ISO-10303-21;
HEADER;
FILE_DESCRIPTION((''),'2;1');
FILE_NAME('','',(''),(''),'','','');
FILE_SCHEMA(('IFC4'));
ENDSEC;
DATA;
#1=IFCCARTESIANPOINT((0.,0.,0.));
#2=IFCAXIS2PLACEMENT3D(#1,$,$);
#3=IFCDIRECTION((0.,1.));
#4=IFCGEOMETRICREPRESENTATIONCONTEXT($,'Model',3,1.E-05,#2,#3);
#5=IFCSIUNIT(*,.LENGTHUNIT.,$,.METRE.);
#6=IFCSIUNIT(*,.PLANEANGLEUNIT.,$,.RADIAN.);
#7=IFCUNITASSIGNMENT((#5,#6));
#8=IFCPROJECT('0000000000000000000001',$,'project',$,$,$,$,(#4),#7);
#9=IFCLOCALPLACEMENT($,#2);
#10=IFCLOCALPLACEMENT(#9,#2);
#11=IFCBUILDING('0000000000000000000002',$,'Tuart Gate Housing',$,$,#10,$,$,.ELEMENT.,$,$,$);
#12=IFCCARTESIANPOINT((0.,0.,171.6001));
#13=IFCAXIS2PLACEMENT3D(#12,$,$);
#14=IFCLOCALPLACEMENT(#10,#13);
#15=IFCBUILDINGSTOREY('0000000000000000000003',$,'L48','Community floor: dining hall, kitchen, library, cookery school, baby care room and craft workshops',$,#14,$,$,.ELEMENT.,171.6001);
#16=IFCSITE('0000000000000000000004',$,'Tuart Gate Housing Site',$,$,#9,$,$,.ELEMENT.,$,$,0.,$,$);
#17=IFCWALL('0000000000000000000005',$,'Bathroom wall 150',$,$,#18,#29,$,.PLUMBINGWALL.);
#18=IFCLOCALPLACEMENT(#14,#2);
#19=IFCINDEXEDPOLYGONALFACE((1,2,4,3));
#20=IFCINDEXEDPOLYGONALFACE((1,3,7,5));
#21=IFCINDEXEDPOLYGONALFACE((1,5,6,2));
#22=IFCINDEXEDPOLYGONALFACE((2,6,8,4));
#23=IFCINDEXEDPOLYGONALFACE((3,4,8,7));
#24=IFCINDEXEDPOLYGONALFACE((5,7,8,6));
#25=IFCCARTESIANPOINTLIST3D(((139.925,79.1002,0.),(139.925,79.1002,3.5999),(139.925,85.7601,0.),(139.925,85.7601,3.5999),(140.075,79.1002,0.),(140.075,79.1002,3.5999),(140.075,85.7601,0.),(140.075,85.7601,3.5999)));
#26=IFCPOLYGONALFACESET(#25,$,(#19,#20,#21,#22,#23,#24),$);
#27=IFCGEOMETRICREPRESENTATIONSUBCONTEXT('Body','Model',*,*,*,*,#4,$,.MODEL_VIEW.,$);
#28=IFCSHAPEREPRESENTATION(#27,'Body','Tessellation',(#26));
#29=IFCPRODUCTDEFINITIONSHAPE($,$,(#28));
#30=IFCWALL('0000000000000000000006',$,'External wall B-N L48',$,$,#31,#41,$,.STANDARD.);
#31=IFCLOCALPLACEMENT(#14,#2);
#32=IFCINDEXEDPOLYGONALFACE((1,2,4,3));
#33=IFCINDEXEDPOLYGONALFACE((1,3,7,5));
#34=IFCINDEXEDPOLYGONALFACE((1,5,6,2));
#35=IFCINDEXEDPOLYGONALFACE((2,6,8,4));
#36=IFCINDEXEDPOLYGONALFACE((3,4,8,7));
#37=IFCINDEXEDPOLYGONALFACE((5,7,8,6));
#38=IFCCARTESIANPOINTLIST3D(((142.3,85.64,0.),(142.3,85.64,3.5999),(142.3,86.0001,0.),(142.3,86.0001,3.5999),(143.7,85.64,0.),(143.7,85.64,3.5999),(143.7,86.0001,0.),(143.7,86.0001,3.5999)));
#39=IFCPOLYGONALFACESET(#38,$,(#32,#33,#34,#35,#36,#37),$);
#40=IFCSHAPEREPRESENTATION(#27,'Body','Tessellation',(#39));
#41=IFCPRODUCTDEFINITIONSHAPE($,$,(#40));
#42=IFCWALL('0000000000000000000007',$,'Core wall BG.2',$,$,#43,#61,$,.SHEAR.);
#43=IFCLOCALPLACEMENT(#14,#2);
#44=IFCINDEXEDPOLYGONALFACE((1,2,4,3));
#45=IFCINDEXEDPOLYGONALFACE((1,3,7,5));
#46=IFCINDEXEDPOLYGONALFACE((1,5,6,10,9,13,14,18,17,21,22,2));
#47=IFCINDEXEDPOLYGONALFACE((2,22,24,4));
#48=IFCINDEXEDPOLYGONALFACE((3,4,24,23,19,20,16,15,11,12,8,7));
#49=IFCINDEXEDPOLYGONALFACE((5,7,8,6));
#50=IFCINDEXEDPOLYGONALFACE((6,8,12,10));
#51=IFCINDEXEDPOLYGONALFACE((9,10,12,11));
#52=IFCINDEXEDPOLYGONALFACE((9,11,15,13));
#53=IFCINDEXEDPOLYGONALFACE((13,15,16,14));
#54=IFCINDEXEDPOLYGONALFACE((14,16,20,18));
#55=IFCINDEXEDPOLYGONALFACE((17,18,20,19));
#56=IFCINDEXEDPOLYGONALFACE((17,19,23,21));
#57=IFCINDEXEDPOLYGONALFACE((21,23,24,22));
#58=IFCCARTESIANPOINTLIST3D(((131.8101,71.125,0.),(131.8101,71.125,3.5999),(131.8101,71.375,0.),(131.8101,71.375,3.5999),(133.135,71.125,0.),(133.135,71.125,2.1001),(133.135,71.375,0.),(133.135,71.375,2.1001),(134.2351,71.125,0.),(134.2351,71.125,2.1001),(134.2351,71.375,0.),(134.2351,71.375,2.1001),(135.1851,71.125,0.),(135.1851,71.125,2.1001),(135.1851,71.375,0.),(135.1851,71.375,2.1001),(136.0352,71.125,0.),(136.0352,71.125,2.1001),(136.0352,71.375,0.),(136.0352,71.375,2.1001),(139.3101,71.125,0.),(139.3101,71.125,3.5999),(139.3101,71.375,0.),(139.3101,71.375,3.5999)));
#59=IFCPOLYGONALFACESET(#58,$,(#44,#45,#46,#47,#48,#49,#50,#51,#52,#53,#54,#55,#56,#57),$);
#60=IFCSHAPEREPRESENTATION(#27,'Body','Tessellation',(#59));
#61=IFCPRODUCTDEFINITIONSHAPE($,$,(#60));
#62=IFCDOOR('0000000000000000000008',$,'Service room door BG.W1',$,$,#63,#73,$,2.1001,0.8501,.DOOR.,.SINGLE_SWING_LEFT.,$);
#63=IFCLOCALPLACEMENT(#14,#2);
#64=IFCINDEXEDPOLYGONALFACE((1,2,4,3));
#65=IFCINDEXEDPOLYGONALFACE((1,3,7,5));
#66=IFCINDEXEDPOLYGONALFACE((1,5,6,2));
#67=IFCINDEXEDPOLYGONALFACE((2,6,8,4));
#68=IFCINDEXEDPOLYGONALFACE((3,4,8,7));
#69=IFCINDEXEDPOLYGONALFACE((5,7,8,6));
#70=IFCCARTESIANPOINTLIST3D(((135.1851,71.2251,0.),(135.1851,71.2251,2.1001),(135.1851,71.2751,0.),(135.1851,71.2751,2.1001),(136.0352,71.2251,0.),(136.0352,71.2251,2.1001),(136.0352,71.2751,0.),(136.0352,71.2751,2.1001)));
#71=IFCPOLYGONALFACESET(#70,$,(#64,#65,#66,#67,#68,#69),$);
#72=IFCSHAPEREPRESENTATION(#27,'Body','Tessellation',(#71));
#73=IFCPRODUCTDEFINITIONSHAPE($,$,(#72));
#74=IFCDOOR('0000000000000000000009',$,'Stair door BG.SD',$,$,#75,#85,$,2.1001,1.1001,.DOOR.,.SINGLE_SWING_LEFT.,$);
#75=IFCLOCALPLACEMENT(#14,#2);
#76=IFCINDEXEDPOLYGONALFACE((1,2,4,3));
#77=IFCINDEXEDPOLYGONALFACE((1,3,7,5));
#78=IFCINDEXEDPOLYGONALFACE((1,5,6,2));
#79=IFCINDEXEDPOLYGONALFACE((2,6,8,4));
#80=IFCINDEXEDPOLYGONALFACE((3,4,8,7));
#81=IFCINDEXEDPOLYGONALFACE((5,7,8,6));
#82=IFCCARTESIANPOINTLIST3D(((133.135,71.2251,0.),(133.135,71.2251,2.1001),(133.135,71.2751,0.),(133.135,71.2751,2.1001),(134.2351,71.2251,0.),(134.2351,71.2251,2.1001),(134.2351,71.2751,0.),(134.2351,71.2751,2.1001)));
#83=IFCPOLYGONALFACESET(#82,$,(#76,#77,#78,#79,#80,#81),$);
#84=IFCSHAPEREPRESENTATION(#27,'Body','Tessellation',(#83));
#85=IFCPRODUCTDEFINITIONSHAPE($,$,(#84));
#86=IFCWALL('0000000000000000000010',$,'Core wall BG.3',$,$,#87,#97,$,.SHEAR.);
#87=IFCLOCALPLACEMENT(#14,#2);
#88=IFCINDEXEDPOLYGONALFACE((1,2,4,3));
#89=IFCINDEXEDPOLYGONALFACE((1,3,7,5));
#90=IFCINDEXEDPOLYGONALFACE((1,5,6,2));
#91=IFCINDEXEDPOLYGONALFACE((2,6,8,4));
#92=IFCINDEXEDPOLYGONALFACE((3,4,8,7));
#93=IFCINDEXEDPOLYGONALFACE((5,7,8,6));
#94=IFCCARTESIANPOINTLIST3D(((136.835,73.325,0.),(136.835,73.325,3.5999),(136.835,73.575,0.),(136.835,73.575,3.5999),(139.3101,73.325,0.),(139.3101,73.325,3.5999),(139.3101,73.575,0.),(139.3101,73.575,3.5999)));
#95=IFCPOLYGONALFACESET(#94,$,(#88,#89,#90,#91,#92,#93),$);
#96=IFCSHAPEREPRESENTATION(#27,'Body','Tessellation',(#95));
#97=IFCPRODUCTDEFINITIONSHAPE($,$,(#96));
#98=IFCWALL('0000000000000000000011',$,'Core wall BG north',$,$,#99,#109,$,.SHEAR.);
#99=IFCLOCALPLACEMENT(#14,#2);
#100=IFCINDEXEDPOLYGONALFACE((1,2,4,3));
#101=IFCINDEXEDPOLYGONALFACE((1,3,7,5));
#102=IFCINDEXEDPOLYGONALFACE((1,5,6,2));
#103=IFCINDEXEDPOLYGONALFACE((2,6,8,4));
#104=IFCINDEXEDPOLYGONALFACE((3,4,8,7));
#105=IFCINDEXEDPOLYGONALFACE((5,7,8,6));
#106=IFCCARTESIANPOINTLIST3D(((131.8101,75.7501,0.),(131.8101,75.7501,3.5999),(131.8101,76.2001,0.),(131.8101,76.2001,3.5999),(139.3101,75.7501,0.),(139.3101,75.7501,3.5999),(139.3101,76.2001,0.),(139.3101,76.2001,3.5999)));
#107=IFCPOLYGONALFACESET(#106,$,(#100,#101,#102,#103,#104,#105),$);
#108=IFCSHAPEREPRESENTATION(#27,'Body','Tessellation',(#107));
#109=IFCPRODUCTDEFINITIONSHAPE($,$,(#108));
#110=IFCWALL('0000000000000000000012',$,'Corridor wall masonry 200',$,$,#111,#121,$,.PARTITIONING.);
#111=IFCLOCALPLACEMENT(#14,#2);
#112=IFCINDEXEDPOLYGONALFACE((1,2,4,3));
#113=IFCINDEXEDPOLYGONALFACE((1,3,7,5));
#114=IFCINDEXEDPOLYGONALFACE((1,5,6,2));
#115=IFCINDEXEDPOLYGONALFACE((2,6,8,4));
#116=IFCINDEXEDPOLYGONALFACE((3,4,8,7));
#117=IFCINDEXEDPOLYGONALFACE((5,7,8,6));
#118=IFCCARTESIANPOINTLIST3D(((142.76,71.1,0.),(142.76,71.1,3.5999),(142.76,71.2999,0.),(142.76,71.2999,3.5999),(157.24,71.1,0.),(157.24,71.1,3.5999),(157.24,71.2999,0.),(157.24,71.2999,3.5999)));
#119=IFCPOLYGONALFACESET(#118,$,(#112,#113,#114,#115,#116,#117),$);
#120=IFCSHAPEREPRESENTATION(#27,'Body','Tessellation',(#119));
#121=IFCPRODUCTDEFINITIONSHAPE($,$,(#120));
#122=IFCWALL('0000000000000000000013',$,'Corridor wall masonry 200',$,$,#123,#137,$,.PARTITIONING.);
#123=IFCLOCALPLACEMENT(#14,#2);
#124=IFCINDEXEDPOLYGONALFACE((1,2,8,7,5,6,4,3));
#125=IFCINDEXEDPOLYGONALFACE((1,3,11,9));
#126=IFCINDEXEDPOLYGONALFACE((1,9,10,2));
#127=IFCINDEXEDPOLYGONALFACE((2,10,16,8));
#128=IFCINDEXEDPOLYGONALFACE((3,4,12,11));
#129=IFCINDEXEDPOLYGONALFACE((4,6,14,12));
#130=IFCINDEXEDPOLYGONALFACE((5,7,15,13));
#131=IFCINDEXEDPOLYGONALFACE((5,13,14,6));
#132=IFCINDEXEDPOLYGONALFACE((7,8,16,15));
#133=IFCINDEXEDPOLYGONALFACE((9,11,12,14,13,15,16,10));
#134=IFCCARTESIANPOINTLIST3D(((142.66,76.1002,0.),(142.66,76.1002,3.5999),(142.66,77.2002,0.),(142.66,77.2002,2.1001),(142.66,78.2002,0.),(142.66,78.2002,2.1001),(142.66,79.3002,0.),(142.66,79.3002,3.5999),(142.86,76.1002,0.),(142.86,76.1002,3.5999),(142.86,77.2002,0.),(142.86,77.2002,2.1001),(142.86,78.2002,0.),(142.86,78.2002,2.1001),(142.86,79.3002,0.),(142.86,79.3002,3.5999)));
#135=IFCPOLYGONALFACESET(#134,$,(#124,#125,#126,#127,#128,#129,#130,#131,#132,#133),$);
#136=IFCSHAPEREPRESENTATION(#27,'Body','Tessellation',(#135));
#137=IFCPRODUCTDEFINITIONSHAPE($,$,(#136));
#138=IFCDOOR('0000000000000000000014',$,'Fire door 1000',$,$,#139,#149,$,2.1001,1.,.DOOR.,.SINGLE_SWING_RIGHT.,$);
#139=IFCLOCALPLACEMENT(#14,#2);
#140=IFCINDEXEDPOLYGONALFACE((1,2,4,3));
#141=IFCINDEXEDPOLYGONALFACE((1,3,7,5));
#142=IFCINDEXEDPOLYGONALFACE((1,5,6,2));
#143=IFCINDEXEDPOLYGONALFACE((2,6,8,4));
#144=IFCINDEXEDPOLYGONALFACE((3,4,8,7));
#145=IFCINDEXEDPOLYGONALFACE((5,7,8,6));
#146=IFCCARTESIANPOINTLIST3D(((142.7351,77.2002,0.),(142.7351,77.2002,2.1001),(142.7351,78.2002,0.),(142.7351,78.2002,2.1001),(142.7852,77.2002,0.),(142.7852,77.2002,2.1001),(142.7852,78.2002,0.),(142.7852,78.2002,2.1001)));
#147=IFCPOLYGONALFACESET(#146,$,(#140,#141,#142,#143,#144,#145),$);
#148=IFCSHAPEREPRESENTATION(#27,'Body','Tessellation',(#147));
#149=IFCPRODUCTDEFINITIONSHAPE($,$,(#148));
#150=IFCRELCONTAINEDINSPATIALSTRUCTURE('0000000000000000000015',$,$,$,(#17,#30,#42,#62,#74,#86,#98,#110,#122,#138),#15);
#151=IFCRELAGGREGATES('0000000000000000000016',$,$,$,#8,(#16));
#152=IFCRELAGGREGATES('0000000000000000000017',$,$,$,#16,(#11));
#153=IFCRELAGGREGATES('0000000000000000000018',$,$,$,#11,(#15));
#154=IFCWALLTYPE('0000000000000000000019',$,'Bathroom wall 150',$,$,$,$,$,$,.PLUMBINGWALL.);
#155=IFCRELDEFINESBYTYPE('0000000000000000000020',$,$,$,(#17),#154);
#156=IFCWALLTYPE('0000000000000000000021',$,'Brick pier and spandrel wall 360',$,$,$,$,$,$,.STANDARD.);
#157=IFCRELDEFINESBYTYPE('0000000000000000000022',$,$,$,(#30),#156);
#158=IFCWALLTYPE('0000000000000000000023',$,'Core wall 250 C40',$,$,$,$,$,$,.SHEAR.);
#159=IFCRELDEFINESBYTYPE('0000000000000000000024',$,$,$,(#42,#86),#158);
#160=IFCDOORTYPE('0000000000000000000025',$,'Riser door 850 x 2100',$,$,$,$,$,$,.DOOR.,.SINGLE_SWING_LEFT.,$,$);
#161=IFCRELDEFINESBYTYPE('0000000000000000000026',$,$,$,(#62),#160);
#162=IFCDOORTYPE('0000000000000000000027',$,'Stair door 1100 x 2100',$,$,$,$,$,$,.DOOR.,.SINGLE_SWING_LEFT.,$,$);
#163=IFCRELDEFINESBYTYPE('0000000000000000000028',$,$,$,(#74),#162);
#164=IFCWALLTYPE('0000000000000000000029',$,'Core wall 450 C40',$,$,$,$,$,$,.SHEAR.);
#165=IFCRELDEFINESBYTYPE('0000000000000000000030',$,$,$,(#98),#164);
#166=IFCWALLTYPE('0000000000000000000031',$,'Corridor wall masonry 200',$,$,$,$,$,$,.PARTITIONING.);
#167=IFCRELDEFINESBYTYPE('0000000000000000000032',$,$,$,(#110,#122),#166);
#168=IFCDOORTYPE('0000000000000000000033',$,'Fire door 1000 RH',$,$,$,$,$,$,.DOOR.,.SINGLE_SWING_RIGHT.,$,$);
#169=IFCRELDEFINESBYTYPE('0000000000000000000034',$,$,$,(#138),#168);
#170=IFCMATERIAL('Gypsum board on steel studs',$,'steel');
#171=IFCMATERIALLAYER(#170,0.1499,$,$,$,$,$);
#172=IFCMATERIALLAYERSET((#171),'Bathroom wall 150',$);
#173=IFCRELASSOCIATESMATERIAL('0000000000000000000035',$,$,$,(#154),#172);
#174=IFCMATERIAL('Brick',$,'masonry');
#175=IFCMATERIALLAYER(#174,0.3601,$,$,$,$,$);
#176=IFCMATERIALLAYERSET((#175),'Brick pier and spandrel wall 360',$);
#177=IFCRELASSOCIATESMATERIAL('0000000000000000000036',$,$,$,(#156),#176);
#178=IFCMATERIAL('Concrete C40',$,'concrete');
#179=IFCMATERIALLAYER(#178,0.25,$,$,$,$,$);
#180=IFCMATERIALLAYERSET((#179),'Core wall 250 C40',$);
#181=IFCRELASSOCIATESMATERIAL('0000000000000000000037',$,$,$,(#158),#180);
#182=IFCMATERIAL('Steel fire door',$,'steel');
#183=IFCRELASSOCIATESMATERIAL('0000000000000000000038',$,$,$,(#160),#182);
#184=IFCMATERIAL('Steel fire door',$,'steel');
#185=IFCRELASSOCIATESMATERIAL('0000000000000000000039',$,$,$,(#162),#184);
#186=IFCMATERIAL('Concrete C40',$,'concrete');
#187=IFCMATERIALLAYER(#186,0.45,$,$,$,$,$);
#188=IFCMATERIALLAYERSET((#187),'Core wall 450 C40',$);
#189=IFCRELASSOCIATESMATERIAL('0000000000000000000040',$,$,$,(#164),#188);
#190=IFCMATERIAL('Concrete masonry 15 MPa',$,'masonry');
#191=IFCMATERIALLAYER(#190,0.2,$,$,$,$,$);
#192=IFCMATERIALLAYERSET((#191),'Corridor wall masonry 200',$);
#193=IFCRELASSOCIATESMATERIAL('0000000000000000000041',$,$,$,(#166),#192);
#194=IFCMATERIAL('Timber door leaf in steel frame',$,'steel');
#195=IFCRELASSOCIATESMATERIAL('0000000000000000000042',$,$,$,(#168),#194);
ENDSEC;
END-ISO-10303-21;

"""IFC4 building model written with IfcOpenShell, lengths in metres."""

from ifc_helpers import new_model, si_unit, direction, frame, frame_2d, origin, place, context, subcontext, project, spatial, rectangle, extrude, material, layer, layer_set, type_object, element, fill, save


model = new_model("IFC4")

# Units and contexts
model_context = context("Model", 3, precision=1e-05, world=origin(), true_north=direction((0.0, 1.0)))
body_context = subcontext(model_context, "Body", "Model", "MODEL_VIEW")
ifc_project = project(units=[si_unit("LENGTHUNIT", "METRE"), si_unit("PLANEANGLEUNIT", "RADIAN")], contexts=[model_context])

# Site, building, storey
site_placement = place(None, origin())
site = spatial("IfcSite", under=ifc_project, at=site_placement, Name="Tuart Gate Housing Site", CompositionType="ELEMENT", RefElevation=0.0)
building_placement = place(site_placement, origin())
building = spatial("IfcBuilding", under=site, at=building_placement, Name="Tuart Gate Housing", CompositionType="ELEMENT")
storey_placement = place(building_placement, frame((0.0, 0.0, 171.6001)))
storey = spatial("IfcBuildingStorey", under=building, at=storey_placement, Name="L48", Description="Community floor: dining hall, kitchen, library, cookery school, baby care room and craft workshops", CompositionType="ELEMENT", Elevation=171.6001)

# Walls
ifc_material_1 = material(Name="Gypsum board on steel studs", Category="steel")
ifc_layer_1 = layer(ifc_material_1, 0.1499)
ifc_layer_set_1 = layer_set([ifc_layer_1], Name="Bathroom wall 150")
wall_type_1 = type_object("IfcWallType", Name="Bathroom wall 150", PredefinedType="PLUMBINGWALL", material=ifc_layer_set_1)
wall_1_placement = place(storey_placement, frame((140.0, 79.1001, 0.0), z_axis=(0.0, 0.0, 1.0), x_axis=(0.0, 1.0, 0.0)))
element("IfcWall", 1, at=wall_1_placement, inside=storey, type_object=wall_type_1, Name="Bathroom wall 150", PredefinedType="PLUMBINGWALL", context=body_context, shape_type="SweptSolid", body=[
    extrude(rectangle(XDim=6.6599, YDim=0.1499, at=frame_2d((3.3301, 0.0))), origin(), (0.0, 0.0, 1.0), 3.5999),
])
ifc_material_2 = material(Name="Brick", Category="masonry")
ifc_layer_2 = layer(ifc_material_2, 0.3601)
ifc_layer_set_2 = layer_set([ifc_layer_2], Name="Brick pier and spandrel wall 360")
wall_type_2 = type_object("IfcWallType", Name="Brick pier and spandrel wall 360", PredefinedType="STANDARD", material=ifc_layer_set_2)
wall_2_placement = place(storey_placement, frame((143.7, 85.8201, 0.0), z_axis=(0.0, 0.0, 1.0), x_axis=(-1.0, 0.0, 0.0)))
element("IfcWall", 2, at=wall_2_placement, inside=storey, type_object=wall_type_2, Name="External wall B-N L48", PredefinedType="STANDARD", context=body_context, shape_type="SweptSolid", body=[
    extrude(rectangle(XDim=1.3999, YDim=0.3601, at=frame_2d((0.7, 0.0))), origin(), (0.0, 0.0, 1.0), 3.5999),
])

# Wall, openings, doors
ifc_material_3 = material(Name="Concrete C40", Category="concrete")
ifc_layer_3 = layer(ifc_material_3, 0.25)
ifc_layer_set_3 = layer_set([ifc_layer_3], Name="Core wall 250 C40")
wall_type_3 = type_object("IfcWallType", Name="Core wall 250 C40", PredefinedType="SHEAR", material=ifc_layer_set_3)
wall_3_placement = place(storey_placement, frame((139.3101, 71.25, 0.0), z_axis=(0.0, 0.0, 1.0), x_axis=(-1.0, 0.0, 0.0)))
wall_3 = element("IfcWall", 3, at=wall_3_placement, inside=storey, type_object=wall_type_3, Name="Core wall BG.2", PredefinedType="SHEAR", context=body_context, shape_type="SweptSolid", body=[
    extrude(rectangle(XDim=7.5, YDim=0.25, at=frame_2d((3.75, 0.0))), origin(), (0.0, 0.0, 1.0), 3.5999),
])
opening_1_placement = place(wall_3_placement, frame((5.075, 0.0, 0.0)))
opening_1 = element("IfcOpeningElement", 4, at=opening_1_placement, cuts=wall_3, PredefinedType="OPENING", context=body_context, shape_type="SweptSolid", body=[
    extrude(rectangle(XDim=1.1001, YDim=2.1001, at=frame_2d((0.55, 1.05))), frame((0.0, 0.135, 0.0), z_axis=(0.0, -1.0, 0.0), x_axis=(1.0, 0.0, 0.0)), (0.0, 0.0, 1.0), 0.27),
])
opening_2_placement = place(wall_3_placement, frame((3.2749, 0.0, 0.0)))
opening_2 = element("IfcOpeningElement", 5, at=opening_2_placement, cuts=wall_3, PredefinedType="OPENING", context=body_context, shape_type="SweptSolid", body=[
    extrude(rectangle(XDim=0.8501, YDim=2.1001, at=frame_2d((0.425, 1.05))), frame((0.0, 0.135, 0.0), z_axis=(0.0, -1.0, 0.0), x_axis=(1.0, 0.0, 0.0)), (0.0, 0.0, 1.0), 0.27),
])
ifc_material_4 = material(Name="Steel fire door", Category="steel")
door_type_1 = type_object("IfcDoorType", Name="Riser door 850 x 2100", OperationType="SINGLE_SWING_LEFT", PredefinedType="DOOR", material=ifc_material_4)
door_1_placement = place(opening_2_placement, origin())
door_1 = element("IfcDoor", 6, at=door_1_placement, inside=storey, type_object=door_type_1, Name="Service room door BG.W1", OperationType="SINGLE_SWING_LEFT", OverallHeight=2.1001, OverallWidth=0.8501, PredefinedType="DOOR", context=body_context, shape_type="SweptSolid", body=[
    extrude(rectangle(XDim=0.8501, YDim=2.1001, at=frame_2d((0.425, 1.05))), frame((0.0, 0.0249, 0.0), z_axis=(0.0, -1.0, 0.0), x_axis=(1.0, 0.0, 0.0)), (0.0, 0.0, 1.0), 0.05),
])
fill(opening_2, door_1)
ifc_material_5 = material(Name="Steel fire door", Category="steel")
door_type_2 = type_object("IfcDoorType", Name="Stair door 1100 x 2100", OperationType="SINGLE_SWING_LEFT", PredefinedType="DOOR", material=ifc_material_5)
door_2_placement = place(opening_1_placement, origin())
door_2 = element("IfcDoor", 7, at=door_2_placement, inside=storey, type_object=door_type_2, Name="Stair door BG.SD", OperationType="SINGLE_SWING_LEFT", OverallHeight=2.1001, OverallWidth=1.1001, PredefinedType="DOOR", context=body_context, shape_type="SweptSolid", body=[
    extrude(rectangle(XDim=1.1001, YDim=2.1001, at=frame_2d((0.55, 1.05))), frame((0.0, 0.0249, 0.0), z_axis=(0.0, -1.0, 0.0), x_axis=(1.0, 0.0, 0.0)), (0.0, 0.0, 1.0), 0.05),
])
fill(opening_1, door_2)

# Walls
wall_4_placement = place(storey_placement, frame((139.3101, 73.45, 0.0), z_axis=(0.0, 0.0, 1.0), x_axis=(-1.0, 0.0, 0.0)))
element("IfcWall", 8, at=wall_4_placement, inside=storey, type_object=wall_type_3, Name="Core wall BG.3", PredefinedType="SHEAR", context=body_context, shape_type="SweptSolid", body=[
    extrude(rectangle(XDim=2.4751, YDim=0.25, at=frame_2d((1.2375, 0.0))), origin(), (0.0, 0.0, 1.0), 3.5999),
])
ifc_material_6 = material(Name="Concrete C40", Category="concrete")
ifc_layer_4 = layer(ifc_material_6, 0.45)
ifc_layer_set_4 = layer_set([ifc_layer_4], Name="Core wall 450 C40")
wall_type_4 = type_object("IfcWallType", Name="Core wall 450 C40", PredefinedType="SHEAR", material=ifc_layer_set_4)
wall_5_placement = place(storey_placement, frame((139.3101, 75.9751, 0.0), z_axis=(0.0, 0.0, 1.0), x_axis=(-1.0, 0.0, 0.0)))
element("IfcWall", 9, at=wall_5_placement, inside=storey, type_object=wall_type_4, Name="Core wall BG north", PredefinedType="SHEAR", context=body_context, shape_type="SweptSolid", body=[
    extrude(rectangle(XDim=7.5, YDim=0.45, at=frame_2d((3.75, 0.0))), origin(), (0.0, 0.0, 1.0), 3.5999),
])
ifc_material_7 = material(Name="Concrete masonry 15 MPa", Category="masonry")
ifc_layer_5 = layer(ifc_material_7, 0.2)
ifc_layer_set_5 = layer_set([ifc_layer_5], Name="Corridor wall masonry 200")
wall_type_5 = type_object("IfcWallType", Name="Corridor wall masonry 200", PredefinedType="PARTITIONING", material=ifc_layer_set_5)
wall_6_placement = place(storey_placement, frame((142.76, 71.2, 0.0), z_axis=(0.0, 0.0, 1.0), x_axis=(1.0, 0.0, 0.0)))
element("IfcWall", 10, at=wall_6_placement, inside=storey, type_object=wall_type_5, Name="Corridor wall masonry 200", PredefinedType="PARTITIONING", context=body_context, shape_type="SweptSolid", body=[
    extrude(rectangle(XDim=14.48, YDim=0.2, at=frame_2d((7.24, 0.0))), origin(), (0.0, 0.0, 1.0), 3.5999),
])

# Wall, opening, door
wall_7_placement = place(storey_placement, frame((142.76, 76.1001, 0.0), z_axis=(0.0, 0.0, 1.0), x_axis=(0.0, 1.0, 0.0)))
wall_7 = element("IfcWall", 11, at=wall_7_placement, inside=storey, type_object=wall_type_5, Name="Corridor wall masonry 200", PredefinedType="PARTITIONING", context=body_context, shape_type="SweptSolid", body=[
    extrude(rectangle(XDim=3.2, YDim=0.2, at=frame_2d((1.6001, 0.0))), origin(), (0.0, 0.0, 1.0), 3.5999),
])
opening_3_placement = place(wall_7_placement, frame((1.1001, 0.0, 0.0)))
opening_3 = element("IfcOpeningElement", 12, at=opening_3_placement, cuts=wall_7, PredefinedType="OPENING", context=body_context, shape_type="SweptSolid", body=[
    extrude(rectangle(XDim=1.0, YDim=2.1001, at=frame_2d((0.5, 1.05))), frame((0.0, 0.1099, 0.0), z_axis=(0.0, -1.0, 0.0), x_axis=(1.0, 0.0, 0.0)), (0.0, 0.0, 1.0), 0.22),
])
ifc_material_8 = material(Name="Timber door leaf in steel frame", Category="steel")
door_type_3 = type_object("IfcDoorType", Name="Fire door 1000 RH", OperationType="SINGLE_SWING_RIGHT", PredefinedType="DOOR", material=ifc_material_8)
door_3_placement = place(opening_3_placement, frame((1.0, 0.0, 0.0), z_axis=(0.0, 0.0, 1.0), x_axis=(-1.0, 0.0, 0.0)))
door_3 = element("IfcDoor", 13, at=door_3_placement, inside=storey, type_object=door_type_3, Name="Fire door 1000", OperationType="SINGLE_SWING_RIGHT", OverallHeight=2.1001, OverallWidth=1.0, PredefinedType="DOOR", context=body_context, shape_type="SweptSolid", body=[
    extrude(rectangle(XDim=1.0, YDim=2.1001, at=frame_2d((0.5, 1.05))), frame((0.0, 0.0251, 0.0), z_axis=(0.0, -1.0, 0.0), x_axis=(1.0, 0.0, 0.0)), (0.0, 0.0, 1.0), 0.05),
])
fill(opening_3, door_3)

save(model, "model.ifc")
